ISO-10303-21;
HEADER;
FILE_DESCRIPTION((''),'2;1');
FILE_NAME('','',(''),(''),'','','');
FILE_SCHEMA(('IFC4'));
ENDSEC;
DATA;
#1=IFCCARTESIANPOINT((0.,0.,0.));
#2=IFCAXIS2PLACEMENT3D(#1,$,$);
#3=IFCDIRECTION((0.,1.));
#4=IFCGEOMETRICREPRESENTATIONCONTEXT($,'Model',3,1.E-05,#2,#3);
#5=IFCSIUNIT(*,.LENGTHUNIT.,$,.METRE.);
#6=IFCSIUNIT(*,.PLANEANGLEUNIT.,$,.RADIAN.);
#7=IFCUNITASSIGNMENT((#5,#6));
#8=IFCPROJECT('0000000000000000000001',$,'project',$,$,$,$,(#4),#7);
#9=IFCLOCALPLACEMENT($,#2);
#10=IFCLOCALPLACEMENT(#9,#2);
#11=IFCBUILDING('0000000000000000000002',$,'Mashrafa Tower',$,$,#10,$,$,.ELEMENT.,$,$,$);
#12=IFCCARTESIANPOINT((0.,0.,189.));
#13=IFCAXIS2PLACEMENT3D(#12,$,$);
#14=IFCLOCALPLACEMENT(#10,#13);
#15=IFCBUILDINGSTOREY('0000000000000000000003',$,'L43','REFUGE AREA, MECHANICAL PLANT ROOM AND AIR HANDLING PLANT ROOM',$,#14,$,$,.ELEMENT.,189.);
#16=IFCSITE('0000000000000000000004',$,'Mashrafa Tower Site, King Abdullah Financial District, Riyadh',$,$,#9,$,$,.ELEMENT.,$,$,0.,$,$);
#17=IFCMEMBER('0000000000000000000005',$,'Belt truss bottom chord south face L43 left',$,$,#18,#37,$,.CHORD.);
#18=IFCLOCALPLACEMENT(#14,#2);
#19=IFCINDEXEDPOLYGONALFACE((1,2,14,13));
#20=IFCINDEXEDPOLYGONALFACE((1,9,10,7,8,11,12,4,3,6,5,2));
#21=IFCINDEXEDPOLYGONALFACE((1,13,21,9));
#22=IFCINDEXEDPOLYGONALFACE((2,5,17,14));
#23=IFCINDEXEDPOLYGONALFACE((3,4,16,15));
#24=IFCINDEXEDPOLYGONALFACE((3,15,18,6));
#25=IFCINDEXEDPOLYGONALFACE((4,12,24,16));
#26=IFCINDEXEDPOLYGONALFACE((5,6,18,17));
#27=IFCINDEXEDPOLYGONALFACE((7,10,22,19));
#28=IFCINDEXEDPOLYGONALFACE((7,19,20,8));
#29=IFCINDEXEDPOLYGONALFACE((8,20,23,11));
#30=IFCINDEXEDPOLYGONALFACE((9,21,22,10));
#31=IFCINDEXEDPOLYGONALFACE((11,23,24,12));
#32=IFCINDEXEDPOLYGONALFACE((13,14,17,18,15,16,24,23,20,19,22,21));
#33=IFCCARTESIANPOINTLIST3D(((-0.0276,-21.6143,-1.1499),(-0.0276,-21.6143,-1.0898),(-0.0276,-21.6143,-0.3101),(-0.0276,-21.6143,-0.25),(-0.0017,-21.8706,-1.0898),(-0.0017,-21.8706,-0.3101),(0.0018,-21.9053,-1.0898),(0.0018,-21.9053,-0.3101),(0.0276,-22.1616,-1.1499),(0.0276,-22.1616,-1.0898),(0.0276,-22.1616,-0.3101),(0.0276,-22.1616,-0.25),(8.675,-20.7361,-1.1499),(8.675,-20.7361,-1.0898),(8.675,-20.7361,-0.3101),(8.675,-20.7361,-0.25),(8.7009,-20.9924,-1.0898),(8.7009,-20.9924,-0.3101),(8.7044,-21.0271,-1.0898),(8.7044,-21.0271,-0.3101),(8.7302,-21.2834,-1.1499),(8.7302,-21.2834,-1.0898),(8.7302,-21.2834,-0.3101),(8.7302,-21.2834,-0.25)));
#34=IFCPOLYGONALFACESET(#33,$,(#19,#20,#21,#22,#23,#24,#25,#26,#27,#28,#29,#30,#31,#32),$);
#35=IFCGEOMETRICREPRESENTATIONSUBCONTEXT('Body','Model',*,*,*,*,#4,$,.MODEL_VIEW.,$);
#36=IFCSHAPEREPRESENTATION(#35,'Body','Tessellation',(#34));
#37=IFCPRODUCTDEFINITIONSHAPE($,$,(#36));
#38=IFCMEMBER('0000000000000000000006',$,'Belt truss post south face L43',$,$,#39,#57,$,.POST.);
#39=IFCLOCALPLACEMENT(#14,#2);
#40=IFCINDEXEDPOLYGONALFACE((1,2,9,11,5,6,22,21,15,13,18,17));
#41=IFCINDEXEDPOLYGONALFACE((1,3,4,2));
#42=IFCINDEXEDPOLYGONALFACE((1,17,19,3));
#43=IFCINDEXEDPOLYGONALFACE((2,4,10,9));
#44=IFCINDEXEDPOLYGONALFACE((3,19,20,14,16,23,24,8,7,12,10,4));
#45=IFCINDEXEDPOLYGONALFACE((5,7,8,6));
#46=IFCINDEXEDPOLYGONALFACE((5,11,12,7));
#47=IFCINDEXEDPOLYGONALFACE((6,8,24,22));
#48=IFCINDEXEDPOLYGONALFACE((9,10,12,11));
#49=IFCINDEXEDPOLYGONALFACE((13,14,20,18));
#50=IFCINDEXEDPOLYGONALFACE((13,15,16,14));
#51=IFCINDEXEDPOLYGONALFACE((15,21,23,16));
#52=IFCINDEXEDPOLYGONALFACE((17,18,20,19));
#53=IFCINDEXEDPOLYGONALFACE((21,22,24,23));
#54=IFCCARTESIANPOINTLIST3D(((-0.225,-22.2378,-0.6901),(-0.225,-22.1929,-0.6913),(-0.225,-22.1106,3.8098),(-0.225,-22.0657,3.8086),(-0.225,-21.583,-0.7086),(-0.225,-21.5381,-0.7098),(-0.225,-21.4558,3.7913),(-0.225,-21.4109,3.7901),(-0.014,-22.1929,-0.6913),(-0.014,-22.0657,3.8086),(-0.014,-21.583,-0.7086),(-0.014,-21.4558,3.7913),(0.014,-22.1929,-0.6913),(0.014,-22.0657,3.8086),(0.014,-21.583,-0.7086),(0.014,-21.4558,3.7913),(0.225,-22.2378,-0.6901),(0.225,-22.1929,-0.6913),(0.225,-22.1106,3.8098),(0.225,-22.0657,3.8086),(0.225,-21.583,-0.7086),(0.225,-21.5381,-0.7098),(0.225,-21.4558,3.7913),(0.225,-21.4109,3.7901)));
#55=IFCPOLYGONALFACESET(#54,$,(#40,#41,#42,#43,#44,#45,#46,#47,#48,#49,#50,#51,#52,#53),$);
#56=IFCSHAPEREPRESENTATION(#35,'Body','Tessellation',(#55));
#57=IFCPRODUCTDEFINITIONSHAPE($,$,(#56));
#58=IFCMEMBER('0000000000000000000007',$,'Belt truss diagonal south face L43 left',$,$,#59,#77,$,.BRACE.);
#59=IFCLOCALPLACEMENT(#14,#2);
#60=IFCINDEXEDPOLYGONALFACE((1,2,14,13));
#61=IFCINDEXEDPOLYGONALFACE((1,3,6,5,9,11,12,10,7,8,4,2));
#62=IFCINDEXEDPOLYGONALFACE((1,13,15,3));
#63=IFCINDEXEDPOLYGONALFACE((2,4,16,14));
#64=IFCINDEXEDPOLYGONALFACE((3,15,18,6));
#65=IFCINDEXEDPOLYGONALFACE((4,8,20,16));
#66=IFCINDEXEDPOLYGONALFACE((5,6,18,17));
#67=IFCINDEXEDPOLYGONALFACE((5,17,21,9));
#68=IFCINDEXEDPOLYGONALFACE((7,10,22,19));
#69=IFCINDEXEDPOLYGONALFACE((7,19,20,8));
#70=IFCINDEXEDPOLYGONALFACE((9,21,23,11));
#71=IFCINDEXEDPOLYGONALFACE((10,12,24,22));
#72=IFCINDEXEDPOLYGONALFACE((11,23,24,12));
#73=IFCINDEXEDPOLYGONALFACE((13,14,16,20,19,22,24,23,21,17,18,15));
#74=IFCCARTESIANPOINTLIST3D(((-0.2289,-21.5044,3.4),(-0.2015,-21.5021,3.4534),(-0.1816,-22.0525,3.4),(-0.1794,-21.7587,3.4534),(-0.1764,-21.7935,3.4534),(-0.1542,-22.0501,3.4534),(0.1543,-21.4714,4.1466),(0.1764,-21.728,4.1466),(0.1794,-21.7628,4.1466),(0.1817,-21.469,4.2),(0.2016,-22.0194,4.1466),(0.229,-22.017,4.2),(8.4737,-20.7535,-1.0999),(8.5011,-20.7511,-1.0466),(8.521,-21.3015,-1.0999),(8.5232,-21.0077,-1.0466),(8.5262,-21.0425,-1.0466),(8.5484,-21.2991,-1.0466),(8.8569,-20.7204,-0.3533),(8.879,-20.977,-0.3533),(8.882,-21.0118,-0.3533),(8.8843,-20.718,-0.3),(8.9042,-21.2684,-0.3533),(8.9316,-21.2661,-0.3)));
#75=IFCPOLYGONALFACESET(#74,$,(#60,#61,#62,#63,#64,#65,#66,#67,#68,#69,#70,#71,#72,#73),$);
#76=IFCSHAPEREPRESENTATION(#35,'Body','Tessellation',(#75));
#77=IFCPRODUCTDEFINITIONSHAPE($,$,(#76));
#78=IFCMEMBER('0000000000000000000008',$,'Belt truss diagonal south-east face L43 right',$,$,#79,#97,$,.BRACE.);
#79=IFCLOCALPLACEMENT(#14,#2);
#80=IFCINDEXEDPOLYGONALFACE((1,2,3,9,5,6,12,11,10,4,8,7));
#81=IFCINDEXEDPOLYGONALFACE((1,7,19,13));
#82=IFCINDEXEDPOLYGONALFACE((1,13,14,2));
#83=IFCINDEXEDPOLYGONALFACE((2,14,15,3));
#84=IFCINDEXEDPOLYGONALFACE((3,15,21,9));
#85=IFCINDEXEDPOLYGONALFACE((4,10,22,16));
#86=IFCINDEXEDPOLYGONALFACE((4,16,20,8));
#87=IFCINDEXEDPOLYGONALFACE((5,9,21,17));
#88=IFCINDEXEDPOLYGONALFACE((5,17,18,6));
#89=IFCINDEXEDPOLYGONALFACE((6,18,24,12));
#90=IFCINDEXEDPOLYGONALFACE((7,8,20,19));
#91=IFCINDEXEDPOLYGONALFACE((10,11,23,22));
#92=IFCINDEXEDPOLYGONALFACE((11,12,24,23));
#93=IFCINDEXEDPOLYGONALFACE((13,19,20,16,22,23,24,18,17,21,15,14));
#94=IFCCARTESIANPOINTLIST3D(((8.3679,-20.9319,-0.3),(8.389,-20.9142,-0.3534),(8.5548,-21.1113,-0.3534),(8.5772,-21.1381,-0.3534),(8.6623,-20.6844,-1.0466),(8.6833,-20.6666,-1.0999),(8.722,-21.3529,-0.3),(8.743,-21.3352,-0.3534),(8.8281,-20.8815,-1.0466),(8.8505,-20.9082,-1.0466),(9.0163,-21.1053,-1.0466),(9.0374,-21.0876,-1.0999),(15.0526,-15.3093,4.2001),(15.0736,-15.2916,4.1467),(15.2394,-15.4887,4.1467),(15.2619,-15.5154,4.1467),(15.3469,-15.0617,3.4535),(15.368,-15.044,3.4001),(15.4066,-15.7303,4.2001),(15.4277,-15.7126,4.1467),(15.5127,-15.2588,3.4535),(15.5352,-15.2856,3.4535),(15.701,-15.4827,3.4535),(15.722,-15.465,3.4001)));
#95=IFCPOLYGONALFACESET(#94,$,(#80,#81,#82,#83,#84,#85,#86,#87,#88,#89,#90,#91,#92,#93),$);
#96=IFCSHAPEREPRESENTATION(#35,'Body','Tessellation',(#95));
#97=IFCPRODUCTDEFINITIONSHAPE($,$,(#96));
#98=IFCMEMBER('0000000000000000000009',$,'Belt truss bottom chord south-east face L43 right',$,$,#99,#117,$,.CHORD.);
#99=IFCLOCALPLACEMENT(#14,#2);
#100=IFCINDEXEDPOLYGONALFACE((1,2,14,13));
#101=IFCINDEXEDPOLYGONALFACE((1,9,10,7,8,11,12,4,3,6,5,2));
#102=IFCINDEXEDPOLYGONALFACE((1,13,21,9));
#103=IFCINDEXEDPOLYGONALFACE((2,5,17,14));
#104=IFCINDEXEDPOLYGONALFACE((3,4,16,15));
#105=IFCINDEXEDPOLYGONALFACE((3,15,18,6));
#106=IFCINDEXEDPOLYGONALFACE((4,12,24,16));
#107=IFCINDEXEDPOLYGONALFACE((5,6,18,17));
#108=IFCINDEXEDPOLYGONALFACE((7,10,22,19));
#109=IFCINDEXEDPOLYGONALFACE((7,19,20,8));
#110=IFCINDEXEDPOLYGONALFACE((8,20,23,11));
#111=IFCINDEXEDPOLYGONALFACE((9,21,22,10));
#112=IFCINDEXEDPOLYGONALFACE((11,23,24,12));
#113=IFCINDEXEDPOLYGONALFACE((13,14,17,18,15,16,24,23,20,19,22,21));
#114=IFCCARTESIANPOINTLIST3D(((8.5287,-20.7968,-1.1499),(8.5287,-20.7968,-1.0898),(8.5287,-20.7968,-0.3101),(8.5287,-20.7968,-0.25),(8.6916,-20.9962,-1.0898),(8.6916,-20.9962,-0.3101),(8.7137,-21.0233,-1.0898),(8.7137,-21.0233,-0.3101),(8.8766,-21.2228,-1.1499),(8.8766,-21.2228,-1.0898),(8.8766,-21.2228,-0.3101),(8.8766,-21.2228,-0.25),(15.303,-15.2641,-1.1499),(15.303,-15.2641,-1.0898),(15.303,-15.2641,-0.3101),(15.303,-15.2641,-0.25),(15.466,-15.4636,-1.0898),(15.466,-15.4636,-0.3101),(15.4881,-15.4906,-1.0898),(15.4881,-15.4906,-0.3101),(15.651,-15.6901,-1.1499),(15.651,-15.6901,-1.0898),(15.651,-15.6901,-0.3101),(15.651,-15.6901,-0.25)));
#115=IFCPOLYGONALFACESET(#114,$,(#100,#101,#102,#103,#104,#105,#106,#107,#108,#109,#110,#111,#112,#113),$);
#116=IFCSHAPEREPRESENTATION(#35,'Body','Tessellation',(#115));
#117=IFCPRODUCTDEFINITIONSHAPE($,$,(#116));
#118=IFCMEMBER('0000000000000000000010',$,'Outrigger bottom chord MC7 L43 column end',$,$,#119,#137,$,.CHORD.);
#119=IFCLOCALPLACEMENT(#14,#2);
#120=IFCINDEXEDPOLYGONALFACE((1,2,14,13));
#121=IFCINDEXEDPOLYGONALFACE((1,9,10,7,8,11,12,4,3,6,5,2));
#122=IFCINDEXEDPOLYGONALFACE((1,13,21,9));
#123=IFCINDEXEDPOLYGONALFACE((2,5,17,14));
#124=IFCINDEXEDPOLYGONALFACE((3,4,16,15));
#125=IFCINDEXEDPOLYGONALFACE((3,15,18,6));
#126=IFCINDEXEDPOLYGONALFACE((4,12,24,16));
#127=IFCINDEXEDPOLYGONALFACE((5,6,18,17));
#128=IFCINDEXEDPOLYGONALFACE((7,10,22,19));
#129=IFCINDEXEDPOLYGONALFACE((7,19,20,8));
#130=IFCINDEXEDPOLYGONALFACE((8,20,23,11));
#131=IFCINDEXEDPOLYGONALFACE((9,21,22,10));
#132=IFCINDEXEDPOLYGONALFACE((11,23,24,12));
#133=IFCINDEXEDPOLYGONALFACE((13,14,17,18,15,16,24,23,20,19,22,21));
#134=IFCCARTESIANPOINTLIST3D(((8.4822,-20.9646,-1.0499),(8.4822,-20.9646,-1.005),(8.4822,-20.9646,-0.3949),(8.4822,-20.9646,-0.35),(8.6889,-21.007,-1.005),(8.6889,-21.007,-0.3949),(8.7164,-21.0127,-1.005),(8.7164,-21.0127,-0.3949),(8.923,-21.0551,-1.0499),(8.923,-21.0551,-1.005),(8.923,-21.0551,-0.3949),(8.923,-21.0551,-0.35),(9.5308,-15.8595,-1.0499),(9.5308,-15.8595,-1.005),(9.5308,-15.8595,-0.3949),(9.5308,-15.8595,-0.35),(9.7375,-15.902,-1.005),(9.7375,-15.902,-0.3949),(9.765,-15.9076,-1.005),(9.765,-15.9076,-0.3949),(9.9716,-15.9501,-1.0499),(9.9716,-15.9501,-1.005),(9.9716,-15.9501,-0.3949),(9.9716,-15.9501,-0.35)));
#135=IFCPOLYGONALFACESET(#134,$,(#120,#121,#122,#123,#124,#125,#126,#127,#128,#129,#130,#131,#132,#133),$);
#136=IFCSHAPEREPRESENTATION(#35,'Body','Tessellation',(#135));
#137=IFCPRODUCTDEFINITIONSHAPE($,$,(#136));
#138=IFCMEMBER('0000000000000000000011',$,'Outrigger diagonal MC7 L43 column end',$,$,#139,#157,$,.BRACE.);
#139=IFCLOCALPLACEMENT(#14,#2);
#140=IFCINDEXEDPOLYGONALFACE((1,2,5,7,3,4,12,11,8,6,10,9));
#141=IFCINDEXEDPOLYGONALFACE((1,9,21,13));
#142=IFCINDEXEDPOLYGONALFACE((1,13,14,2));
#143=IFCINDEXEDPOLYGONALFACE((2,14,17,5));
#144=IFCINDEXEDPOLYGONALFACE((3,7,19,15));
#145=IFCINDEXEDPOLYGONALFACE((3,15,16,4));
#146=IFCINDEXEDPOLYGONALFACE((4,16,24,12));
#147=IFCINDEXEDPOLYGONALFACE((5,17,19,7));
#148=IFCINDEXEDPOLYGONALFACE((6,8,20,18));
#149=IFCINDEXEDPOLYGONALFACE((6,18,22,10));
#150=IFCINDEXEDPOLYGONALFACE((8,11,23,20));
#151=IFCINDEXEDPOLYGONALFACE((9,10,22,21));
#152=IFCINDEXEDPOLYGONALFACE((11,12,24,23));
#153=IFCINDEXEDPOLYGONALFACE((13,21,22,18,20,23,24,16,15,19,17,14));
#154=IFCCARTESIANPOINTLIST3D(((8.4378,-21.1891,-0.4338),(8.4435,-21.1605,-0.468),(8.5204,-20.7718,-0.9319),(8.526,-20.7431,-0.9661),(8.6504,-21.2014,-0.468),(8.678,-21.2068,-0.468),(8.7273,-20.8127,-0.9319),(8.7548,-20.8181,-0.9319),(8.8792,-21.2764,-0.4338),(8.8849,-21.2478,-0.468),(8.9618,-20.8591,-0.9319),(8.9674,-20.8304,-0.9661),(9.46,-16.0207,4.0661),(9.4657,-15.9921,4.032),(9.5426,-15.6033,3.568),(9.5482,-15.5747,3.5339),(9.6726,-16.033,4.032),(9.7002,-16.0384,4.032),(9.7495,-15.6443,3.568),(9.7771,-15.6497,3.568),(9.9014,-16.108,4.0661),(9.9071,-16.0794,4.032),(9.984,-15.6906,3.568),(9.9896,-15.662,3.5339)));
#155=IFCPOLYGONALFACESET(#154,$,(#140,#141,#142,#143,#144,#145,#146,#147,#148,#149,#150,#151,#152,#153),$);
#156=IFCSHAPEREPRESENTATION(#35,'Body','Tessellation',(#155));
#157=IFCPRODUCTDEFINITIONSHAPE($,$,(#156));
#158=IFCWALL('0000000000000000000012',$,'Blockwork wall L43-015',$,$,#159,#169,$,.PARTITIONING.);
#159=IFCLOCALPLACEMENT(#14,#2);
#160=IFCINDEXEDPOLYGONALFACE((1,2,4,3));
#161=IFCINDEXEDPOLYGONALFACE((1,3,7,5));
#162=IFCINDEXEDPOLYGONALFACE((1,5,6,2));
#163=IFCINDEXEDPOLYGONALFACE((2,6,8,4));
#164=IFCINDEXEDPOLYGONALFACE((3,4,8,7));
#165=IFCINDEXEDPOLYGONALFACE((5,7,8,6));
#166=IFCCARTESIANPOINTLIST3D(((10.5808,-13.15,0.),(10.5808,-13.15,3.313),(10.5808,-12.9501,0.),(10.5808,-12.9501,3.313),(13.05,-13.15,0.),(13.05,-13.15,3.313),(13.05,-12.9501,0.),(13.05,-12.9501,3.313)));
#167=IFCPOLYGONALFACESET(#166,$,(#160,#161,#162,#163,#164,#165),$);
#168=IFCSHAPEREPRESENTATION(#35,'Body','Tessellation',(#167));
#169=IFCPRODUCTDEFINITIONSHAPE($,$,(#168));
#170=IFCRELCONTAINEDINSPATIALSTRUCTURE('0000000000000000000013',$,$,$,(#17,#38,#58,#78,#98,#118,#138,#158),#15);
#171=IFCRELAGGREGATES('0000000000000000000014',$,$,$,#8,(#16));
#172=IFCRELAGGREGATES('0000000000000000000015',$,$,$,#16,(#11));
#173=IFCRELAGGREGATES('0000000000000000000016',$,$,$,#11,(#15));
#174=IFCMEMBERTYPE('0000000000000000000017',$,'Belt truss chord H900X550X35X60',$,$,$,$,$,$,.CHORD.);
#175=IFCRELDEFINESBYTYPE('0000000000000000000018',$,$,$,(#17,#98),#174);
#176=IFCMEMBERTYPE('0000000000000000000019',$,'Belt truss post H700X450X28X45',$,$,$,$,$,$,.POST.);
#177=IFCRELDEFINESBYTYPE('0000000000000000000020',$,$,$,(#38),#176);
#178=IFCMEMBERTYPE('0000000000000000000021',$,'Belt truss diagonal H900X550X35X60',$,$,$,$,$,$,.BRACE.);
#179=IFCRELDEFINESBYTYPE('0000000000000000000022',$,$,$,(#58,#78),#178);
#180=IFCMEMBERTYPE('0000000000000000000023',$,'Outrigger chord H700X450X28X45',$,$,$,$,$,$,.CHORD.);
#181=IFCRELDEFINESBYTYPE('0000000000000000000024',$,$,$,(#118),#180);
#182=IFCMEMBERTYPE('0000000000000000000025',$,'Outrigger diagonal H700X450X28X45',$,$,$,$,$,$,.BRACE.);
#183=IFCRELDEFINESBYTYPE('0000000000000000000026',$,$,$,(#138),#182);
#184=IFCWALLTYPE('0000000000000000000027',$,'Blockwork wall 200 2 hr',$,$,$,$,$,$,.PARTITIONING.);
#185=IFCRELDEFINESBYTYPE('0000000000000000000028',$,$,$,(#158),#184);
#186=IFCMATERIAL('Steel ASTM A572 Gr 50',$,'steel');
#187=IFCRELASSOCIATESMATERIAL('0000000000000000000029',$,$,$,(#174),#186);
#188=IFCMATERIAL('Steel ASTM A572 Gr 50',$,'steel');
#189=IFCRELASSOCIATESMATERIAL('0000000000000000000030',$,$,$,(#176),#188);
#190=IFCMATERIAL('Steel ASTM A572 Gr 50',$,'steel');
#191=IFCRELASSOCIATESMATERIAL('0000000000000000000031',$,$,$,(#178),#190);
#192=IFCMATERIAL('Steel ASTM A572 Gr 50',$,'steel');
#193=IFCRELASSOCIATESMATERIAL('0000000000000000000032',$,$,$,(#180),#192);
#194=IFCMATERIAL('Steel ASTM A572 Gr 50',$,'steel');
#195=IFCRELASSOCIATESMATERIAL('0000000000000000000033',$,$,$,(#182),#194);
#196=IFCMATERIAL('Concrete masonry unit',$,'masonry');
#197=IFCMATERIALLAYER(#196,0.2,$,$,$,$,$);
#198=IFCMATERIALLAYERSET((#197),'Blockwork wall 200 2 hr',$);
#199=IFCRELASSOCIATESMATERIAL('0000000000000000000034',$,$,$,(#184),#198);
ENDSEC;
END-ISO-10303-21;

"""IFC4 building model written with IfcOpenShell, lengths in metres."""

from ifc_helpers import new_model, si_unit, direction, frame, frame_2d, origin, origin_2d, place, context, subcontext, project, spatial, rectangle, i_section, extrude, source, transform, mapped, material, layer, layer_set, material_profile, profile_set, type_object, type_shapes, element, save


model = new_model("IFC4")

# Units and contexts
model_context = context("Model", 3, precision=1e-05, world=origin(), true_north=direction((0.0, 1.0)))
body_context = subcontext(model_context, "Body", "Model", "MODEL_VIEW")
ifc_project = project(units=[si_unit("LENGTHUNIT", "METRE"), si_unit("PLANEANGLEUNIT", "RADIAN")], contexts=[model_context])

# Site, building, storey
site_placement = place(None, origin())
site = spatial("IfcSite", under=ifc_project, at=site_placement, Name="Mashrafa Tower Site, King Abdullah Financial District, Riyadh", CompositionType="ELEMENT", RefElevation=0.0)
building_placement = place(site_placement, origin())
building = spatial("IfcBuilding", under=site, at=building_placement, Name="Mashrafa Tower", CompositionType="ELEMENT")
storey_placement = place(building_placement, frame((0.0, 0.0, 189.0)))
storey = spatial("IfcBuildingStorey", under=building, at=storey_placement, Name="L43", Description="REFUGE AREA, MECHANICAL PLANT ROOM AND AIR HANDLING PLANT ROOM", CompositionType="ELEMENT", Elevation=189.0)

# Members
ifc_material_1 = material(Name="Steel ASTM A572 Gr 50", Category="steel")
ifc_material_profile_1 = material_profile(ifc_material_1, i_section(OverallWidth=0.55, OverallDepth=0.8999, WebThickness=0.0349, FlangeThickness=0.0601, at=origin_2d()), Name="H900X550X35X60")
ifc_profile_set_1 = profile_set([ifc_material_profile_1], Name="Steel ASTM A572 Gr 50")
member_type_1 = type_object("IfcMemberType", Name="Belt truss chord H900X550X35X60", PredefinedType="CHORD", material=ifc_profile_set_1)
shared_shape_1 = source(origin(), body_context, "Body", "SweptSolid", [
    extrude(i_section(OverallWidth=0.55, OverallDepth=0.8999, WebThickness=0.0349, FlangeThickness=0.0601, at=origin_2d()), origin(), (0.0, 0.0, 1.0), 8.7468),
])
member_1_placement = place(storey_placement, frame((8.7026, -21.0098, -0.7), z_axis=(-0.994947, -0.100399, 0.0), x_axis=(0.100399, -0.994947, 0.0)))
element("IfcMember", 1, at=member_1_placement, inside=storey, type_object=member_type_1, Name="Belt truss bottom chord south face L43 left", PredefinedType="CHORD", context=body_context, shape_type="MappedRepresentation", body=[
    mapped(shared_shape_1, transform((0.0, 0.0, 0.0))),
])
ifc_material_2 = material(Name="Steel ASTM A572 Gr 50", Category="steel")
ifc_material_profile_2 = material_profile(ifc_material_2, i_section(OverallWidth=0.45, OverallDepth=0.7, WebThickness=0.0281, FlangeThickness=0.0449, at=origin_2d()), Name="H700X450X28X45")
ifc_profile_set_2 = profile_set([ifc_material_profile_2], Name="Steel ASTM A572 Gr 50")
member_type_2 = type_object("IfcMemberType", Name="Belt truss post H700X450X28X45", PredefinedType="POST", material=ifc_profile_set_2)
shared_shape_2 = source(origin(), body_context, "Body", "SweptSolid", [
    extrude(i_section(OverallWidth=0.45, OverallDepth=0.7, WebThickness=0.0281, FlangeThickness=0.0449, at=origin_2d()), origin(), (0.0, 0.0, 1.0), 4.5017),
])
type_shapes(member_type_2, [shared_shape_2])
member_2_placement = place(storey_placement, frame((0.0, -21.8879, -0.7), z_axis=(0.0, 0.028255, 0.999601), x_axis=(-1.0, 0.0, 0.0)))
element("IfcMember", 2, at=member_2_placement, inside=storey, type_object=member_type_2, Name="Belt truss post south face L43", PredefinedType="POST", context=body_context, shape_type="MappedRepresentation", body=[
    mapped(shared_shape_2, transform((0.0, 0.0, 0.0))),
])
ifc_material_3 = material(Name="Steel ASTM A572 Gr 50", Category="steel")
ifc_material_profile_3 = material_profile(ifc_material_3, i_section(OverallWidth=0.55, OverallDepth=0.8999, WebThickness=0.0349, FlangeThickness=0.0601, at=origin_2d()), Name="H900X550X35X60")
ifc_profile_set_3 = profile_set([ifc_material_profile_3], Name="Steel ASTM A572 Gr 50")
member_type_3 = type_object("IfcMemberType", Name="Belt truss diagonal H900X550X35X60", PredefinedType="BRACE", material=ifc_profile_set_3)
shared_shape_3 = source(origin(), body_context, "Body", "SweptSolid", [
    extrude(i_section(OverallWidth=0.55, OverallDepth=0.8999, WebThickness=0.0349, FlangeThickness=0.0601, at=origin_2d()), origin(), (0.0, 0.0, 1.0), 9.8259),
])
type_shapes(member_type_3, [shared_shape_3])
for number, where, z_axis, x_axis, name in (
    (3, (8.7026, -21.0098, -0.7), (-0.885676, -0.076428, 0.45797), (0.085973, -0.996297, 0.0), "Belt truss diagonal south face L43 left"),
    (4, (8.7026, -21.0098, -0.7), (0.680307, 0.572223, 0.457977), (-0.643697, 0.765281, 0.0), "Belt truss diagonal south-east face L43 right"),
):
    element("IfcMember", number, at=place(storey_placement, frame(where, z_axis=z_axis, x_axis=x_axis)), inside=storey, type_object=member_type_3, Name=name, PredefinedType="BRACE", context=body_context, shape_type="MappedRepresentation", body=[
        mapped(shared_shape_3, transform((0.0, 0.0, 0.0))),
    ])
shared_shape_4 = source(origin(), body_context, "Body", "SweptSolid", [
    extrude(i_section(OverallWidth=0.55, OverallDepth=0.8999, WebThickness=0.0349, FlangeThickness=0.0601, at=origin_2d()), origin(), (0.0, 0.0, 1.0), 8.7466),
])
type_shapes(member_type_1, [shared_shape_1, shared_shape_4])
member_3_placement = place(storey_placement, frame((8.7026, -21.0098, -0.7), z_axis=(0.774517, 0.632554, 0.0), x_axis=(-0.632554, 0.774517, 0.0)))
element("IfcMember", 5, at=member_3_placement, inside=storey, type_object=member_type_1, Name="Belt truss bottom chord south-east face L43 right", PredefinedType="CHORD", context=body_context, shape_type="MappedRepresentation", body=[
    mapped(shared_shape_4, transform((0.0, 0.0, 0.0))),
])
ifc_material_4 = material(Name="Steel ASTM A572 Gr 50", Category="steel")
ifc_material_profile_4 = material_profile(ifc_material_4, i_section(OverallWidth=0.45, OverallDepth=0.7, WebThickness=0.0281, FlangeThickness=0.0449, at=origin_2d()), Name="H700X450X28X45")
ifc_profile_set_4 = profile_set([ifc_material_profile_4], Name="Steel ASTM A572 Gr 50")
member_type_4 = type_object("IfcMemberType", Name="Outrigger chord H700X450X28X45", PredefinedType="CHORD", material=ifc_profile_set_4)
shared_shape_5 = source(origin(), body_context, "Body", "SweptSolid", [
    extrude(i_section(OverallWidth=0.45, OverallDepth=0.7, WebThickness=0.0281, FlangeThickness=0.0449, at=origin_2d()), origin(), (0.0, 0.0, 1.0), 5.2117),
])
type_shapes(member_type_4, [shared_shape_5])
member_4_placement = place(storey_placement, frame((9.7512, -15.9048, -0.7), z_axis=(-0.201203, -0.979549, 0.0), x_axis=(0.979549, -0.201203, 0.0)))
element("IfcMember", 6, at=member_4_placement, inside=storey, type_object=member_type_4, Name="Outrigger bottom chord MC7 L43 column end", PredefinedType="CHORD", context=body_context, shape_type="MappedRepresentation", body=[
    mapped(shared_shape_5, transform((0.0, 0.0, 0.0))),
])
ifc_material_5 = material(Name="Steel ASTM A572 Gr 50", Category="steel")
ifc_material_profile_5 = material_profile(ifc_material_5, i_section(OverallWidth=0.45, OverallDepth=0.7, WebThickness=0.0281, FlangeThickness=0.0449, at=origin_2d()), Name="H700X450X28X45")
ifc_profile_set_5 = profile_set([ifc_material_profile_5], Name="Steel ASTM A572 Gr 50")
member_type_5 = type_object("IfcMemberType", Name="Outrigger diagonal H700X450X28X45", PredefinedType="BRACE", material=ifc_profile_set_5)
shared_shape_6 = source(origin(), body_context, "Body", "SweptSolid", [
    extrude(i_section(OverallWidth=0.45, OverallDepth=0.7, WebThickness=0.0281, FlangeThickness=0.0449, at=origin_2d()), origin(), (0.0, 0.0, 1.0), 6.9287),
])
type_shapes(member_type_5, [shared_shape_6])
member_5_placement = place(storey_placement, frame((8.7026, -21.0098, -0.7), z_axis=(0.147532, 0.745941, 0.649466), x_axis=(-0.980997, 0.194022, 0.0)))
element("IfcMember", 7, at=member_5_placement, inside=storey, type_object=member_type_5, Name="Outrigger diagonal MC7 L43 column end", PredefinedType="BRACE", context=body_context, shape_type="MappedRepresentation", body=[
    mapped(shared_shape_6, transform((0.0, 0.0, 0.0))),
])

# Wall
ifc_material_6 = material(Name="Concrete masonry unit", Category="masonry")
ifc_layer_1 = layer(ifc_material_6, 0.2)
ifc_layer_set_1 = layer_set([ifc_layer_1], Name="Blockwork wall 200 2 hr")
wall_type = type_object("IfcWallType", Name="Blockwork wall 200 2 hr", PredefinedType="PARTITIONING", material=ifc_layer_set_1)
wall_placement = place(storey_placement, frame((10.5808, -13.05, 0.0), z_axis=(0.0, 0.0, 1.0), x_axis=(1.0, 0.0, 0.0)))
element("IfcWall", 8, at=wall_placement, inside=storey, type_object=wall_type, Name="Blockwork wall L43-015", PredefinedType="PARTITIONING", context=body_context, shape_type="SweptSolid", body=[
    extrude(rectangle(XDim=2.4692, YDim=0.2, at=frame_2d((1.2346, 0.0))), origin(), (0.0, 0.0, 1.0), 3.313),
])

save(model, "model.ifc")
